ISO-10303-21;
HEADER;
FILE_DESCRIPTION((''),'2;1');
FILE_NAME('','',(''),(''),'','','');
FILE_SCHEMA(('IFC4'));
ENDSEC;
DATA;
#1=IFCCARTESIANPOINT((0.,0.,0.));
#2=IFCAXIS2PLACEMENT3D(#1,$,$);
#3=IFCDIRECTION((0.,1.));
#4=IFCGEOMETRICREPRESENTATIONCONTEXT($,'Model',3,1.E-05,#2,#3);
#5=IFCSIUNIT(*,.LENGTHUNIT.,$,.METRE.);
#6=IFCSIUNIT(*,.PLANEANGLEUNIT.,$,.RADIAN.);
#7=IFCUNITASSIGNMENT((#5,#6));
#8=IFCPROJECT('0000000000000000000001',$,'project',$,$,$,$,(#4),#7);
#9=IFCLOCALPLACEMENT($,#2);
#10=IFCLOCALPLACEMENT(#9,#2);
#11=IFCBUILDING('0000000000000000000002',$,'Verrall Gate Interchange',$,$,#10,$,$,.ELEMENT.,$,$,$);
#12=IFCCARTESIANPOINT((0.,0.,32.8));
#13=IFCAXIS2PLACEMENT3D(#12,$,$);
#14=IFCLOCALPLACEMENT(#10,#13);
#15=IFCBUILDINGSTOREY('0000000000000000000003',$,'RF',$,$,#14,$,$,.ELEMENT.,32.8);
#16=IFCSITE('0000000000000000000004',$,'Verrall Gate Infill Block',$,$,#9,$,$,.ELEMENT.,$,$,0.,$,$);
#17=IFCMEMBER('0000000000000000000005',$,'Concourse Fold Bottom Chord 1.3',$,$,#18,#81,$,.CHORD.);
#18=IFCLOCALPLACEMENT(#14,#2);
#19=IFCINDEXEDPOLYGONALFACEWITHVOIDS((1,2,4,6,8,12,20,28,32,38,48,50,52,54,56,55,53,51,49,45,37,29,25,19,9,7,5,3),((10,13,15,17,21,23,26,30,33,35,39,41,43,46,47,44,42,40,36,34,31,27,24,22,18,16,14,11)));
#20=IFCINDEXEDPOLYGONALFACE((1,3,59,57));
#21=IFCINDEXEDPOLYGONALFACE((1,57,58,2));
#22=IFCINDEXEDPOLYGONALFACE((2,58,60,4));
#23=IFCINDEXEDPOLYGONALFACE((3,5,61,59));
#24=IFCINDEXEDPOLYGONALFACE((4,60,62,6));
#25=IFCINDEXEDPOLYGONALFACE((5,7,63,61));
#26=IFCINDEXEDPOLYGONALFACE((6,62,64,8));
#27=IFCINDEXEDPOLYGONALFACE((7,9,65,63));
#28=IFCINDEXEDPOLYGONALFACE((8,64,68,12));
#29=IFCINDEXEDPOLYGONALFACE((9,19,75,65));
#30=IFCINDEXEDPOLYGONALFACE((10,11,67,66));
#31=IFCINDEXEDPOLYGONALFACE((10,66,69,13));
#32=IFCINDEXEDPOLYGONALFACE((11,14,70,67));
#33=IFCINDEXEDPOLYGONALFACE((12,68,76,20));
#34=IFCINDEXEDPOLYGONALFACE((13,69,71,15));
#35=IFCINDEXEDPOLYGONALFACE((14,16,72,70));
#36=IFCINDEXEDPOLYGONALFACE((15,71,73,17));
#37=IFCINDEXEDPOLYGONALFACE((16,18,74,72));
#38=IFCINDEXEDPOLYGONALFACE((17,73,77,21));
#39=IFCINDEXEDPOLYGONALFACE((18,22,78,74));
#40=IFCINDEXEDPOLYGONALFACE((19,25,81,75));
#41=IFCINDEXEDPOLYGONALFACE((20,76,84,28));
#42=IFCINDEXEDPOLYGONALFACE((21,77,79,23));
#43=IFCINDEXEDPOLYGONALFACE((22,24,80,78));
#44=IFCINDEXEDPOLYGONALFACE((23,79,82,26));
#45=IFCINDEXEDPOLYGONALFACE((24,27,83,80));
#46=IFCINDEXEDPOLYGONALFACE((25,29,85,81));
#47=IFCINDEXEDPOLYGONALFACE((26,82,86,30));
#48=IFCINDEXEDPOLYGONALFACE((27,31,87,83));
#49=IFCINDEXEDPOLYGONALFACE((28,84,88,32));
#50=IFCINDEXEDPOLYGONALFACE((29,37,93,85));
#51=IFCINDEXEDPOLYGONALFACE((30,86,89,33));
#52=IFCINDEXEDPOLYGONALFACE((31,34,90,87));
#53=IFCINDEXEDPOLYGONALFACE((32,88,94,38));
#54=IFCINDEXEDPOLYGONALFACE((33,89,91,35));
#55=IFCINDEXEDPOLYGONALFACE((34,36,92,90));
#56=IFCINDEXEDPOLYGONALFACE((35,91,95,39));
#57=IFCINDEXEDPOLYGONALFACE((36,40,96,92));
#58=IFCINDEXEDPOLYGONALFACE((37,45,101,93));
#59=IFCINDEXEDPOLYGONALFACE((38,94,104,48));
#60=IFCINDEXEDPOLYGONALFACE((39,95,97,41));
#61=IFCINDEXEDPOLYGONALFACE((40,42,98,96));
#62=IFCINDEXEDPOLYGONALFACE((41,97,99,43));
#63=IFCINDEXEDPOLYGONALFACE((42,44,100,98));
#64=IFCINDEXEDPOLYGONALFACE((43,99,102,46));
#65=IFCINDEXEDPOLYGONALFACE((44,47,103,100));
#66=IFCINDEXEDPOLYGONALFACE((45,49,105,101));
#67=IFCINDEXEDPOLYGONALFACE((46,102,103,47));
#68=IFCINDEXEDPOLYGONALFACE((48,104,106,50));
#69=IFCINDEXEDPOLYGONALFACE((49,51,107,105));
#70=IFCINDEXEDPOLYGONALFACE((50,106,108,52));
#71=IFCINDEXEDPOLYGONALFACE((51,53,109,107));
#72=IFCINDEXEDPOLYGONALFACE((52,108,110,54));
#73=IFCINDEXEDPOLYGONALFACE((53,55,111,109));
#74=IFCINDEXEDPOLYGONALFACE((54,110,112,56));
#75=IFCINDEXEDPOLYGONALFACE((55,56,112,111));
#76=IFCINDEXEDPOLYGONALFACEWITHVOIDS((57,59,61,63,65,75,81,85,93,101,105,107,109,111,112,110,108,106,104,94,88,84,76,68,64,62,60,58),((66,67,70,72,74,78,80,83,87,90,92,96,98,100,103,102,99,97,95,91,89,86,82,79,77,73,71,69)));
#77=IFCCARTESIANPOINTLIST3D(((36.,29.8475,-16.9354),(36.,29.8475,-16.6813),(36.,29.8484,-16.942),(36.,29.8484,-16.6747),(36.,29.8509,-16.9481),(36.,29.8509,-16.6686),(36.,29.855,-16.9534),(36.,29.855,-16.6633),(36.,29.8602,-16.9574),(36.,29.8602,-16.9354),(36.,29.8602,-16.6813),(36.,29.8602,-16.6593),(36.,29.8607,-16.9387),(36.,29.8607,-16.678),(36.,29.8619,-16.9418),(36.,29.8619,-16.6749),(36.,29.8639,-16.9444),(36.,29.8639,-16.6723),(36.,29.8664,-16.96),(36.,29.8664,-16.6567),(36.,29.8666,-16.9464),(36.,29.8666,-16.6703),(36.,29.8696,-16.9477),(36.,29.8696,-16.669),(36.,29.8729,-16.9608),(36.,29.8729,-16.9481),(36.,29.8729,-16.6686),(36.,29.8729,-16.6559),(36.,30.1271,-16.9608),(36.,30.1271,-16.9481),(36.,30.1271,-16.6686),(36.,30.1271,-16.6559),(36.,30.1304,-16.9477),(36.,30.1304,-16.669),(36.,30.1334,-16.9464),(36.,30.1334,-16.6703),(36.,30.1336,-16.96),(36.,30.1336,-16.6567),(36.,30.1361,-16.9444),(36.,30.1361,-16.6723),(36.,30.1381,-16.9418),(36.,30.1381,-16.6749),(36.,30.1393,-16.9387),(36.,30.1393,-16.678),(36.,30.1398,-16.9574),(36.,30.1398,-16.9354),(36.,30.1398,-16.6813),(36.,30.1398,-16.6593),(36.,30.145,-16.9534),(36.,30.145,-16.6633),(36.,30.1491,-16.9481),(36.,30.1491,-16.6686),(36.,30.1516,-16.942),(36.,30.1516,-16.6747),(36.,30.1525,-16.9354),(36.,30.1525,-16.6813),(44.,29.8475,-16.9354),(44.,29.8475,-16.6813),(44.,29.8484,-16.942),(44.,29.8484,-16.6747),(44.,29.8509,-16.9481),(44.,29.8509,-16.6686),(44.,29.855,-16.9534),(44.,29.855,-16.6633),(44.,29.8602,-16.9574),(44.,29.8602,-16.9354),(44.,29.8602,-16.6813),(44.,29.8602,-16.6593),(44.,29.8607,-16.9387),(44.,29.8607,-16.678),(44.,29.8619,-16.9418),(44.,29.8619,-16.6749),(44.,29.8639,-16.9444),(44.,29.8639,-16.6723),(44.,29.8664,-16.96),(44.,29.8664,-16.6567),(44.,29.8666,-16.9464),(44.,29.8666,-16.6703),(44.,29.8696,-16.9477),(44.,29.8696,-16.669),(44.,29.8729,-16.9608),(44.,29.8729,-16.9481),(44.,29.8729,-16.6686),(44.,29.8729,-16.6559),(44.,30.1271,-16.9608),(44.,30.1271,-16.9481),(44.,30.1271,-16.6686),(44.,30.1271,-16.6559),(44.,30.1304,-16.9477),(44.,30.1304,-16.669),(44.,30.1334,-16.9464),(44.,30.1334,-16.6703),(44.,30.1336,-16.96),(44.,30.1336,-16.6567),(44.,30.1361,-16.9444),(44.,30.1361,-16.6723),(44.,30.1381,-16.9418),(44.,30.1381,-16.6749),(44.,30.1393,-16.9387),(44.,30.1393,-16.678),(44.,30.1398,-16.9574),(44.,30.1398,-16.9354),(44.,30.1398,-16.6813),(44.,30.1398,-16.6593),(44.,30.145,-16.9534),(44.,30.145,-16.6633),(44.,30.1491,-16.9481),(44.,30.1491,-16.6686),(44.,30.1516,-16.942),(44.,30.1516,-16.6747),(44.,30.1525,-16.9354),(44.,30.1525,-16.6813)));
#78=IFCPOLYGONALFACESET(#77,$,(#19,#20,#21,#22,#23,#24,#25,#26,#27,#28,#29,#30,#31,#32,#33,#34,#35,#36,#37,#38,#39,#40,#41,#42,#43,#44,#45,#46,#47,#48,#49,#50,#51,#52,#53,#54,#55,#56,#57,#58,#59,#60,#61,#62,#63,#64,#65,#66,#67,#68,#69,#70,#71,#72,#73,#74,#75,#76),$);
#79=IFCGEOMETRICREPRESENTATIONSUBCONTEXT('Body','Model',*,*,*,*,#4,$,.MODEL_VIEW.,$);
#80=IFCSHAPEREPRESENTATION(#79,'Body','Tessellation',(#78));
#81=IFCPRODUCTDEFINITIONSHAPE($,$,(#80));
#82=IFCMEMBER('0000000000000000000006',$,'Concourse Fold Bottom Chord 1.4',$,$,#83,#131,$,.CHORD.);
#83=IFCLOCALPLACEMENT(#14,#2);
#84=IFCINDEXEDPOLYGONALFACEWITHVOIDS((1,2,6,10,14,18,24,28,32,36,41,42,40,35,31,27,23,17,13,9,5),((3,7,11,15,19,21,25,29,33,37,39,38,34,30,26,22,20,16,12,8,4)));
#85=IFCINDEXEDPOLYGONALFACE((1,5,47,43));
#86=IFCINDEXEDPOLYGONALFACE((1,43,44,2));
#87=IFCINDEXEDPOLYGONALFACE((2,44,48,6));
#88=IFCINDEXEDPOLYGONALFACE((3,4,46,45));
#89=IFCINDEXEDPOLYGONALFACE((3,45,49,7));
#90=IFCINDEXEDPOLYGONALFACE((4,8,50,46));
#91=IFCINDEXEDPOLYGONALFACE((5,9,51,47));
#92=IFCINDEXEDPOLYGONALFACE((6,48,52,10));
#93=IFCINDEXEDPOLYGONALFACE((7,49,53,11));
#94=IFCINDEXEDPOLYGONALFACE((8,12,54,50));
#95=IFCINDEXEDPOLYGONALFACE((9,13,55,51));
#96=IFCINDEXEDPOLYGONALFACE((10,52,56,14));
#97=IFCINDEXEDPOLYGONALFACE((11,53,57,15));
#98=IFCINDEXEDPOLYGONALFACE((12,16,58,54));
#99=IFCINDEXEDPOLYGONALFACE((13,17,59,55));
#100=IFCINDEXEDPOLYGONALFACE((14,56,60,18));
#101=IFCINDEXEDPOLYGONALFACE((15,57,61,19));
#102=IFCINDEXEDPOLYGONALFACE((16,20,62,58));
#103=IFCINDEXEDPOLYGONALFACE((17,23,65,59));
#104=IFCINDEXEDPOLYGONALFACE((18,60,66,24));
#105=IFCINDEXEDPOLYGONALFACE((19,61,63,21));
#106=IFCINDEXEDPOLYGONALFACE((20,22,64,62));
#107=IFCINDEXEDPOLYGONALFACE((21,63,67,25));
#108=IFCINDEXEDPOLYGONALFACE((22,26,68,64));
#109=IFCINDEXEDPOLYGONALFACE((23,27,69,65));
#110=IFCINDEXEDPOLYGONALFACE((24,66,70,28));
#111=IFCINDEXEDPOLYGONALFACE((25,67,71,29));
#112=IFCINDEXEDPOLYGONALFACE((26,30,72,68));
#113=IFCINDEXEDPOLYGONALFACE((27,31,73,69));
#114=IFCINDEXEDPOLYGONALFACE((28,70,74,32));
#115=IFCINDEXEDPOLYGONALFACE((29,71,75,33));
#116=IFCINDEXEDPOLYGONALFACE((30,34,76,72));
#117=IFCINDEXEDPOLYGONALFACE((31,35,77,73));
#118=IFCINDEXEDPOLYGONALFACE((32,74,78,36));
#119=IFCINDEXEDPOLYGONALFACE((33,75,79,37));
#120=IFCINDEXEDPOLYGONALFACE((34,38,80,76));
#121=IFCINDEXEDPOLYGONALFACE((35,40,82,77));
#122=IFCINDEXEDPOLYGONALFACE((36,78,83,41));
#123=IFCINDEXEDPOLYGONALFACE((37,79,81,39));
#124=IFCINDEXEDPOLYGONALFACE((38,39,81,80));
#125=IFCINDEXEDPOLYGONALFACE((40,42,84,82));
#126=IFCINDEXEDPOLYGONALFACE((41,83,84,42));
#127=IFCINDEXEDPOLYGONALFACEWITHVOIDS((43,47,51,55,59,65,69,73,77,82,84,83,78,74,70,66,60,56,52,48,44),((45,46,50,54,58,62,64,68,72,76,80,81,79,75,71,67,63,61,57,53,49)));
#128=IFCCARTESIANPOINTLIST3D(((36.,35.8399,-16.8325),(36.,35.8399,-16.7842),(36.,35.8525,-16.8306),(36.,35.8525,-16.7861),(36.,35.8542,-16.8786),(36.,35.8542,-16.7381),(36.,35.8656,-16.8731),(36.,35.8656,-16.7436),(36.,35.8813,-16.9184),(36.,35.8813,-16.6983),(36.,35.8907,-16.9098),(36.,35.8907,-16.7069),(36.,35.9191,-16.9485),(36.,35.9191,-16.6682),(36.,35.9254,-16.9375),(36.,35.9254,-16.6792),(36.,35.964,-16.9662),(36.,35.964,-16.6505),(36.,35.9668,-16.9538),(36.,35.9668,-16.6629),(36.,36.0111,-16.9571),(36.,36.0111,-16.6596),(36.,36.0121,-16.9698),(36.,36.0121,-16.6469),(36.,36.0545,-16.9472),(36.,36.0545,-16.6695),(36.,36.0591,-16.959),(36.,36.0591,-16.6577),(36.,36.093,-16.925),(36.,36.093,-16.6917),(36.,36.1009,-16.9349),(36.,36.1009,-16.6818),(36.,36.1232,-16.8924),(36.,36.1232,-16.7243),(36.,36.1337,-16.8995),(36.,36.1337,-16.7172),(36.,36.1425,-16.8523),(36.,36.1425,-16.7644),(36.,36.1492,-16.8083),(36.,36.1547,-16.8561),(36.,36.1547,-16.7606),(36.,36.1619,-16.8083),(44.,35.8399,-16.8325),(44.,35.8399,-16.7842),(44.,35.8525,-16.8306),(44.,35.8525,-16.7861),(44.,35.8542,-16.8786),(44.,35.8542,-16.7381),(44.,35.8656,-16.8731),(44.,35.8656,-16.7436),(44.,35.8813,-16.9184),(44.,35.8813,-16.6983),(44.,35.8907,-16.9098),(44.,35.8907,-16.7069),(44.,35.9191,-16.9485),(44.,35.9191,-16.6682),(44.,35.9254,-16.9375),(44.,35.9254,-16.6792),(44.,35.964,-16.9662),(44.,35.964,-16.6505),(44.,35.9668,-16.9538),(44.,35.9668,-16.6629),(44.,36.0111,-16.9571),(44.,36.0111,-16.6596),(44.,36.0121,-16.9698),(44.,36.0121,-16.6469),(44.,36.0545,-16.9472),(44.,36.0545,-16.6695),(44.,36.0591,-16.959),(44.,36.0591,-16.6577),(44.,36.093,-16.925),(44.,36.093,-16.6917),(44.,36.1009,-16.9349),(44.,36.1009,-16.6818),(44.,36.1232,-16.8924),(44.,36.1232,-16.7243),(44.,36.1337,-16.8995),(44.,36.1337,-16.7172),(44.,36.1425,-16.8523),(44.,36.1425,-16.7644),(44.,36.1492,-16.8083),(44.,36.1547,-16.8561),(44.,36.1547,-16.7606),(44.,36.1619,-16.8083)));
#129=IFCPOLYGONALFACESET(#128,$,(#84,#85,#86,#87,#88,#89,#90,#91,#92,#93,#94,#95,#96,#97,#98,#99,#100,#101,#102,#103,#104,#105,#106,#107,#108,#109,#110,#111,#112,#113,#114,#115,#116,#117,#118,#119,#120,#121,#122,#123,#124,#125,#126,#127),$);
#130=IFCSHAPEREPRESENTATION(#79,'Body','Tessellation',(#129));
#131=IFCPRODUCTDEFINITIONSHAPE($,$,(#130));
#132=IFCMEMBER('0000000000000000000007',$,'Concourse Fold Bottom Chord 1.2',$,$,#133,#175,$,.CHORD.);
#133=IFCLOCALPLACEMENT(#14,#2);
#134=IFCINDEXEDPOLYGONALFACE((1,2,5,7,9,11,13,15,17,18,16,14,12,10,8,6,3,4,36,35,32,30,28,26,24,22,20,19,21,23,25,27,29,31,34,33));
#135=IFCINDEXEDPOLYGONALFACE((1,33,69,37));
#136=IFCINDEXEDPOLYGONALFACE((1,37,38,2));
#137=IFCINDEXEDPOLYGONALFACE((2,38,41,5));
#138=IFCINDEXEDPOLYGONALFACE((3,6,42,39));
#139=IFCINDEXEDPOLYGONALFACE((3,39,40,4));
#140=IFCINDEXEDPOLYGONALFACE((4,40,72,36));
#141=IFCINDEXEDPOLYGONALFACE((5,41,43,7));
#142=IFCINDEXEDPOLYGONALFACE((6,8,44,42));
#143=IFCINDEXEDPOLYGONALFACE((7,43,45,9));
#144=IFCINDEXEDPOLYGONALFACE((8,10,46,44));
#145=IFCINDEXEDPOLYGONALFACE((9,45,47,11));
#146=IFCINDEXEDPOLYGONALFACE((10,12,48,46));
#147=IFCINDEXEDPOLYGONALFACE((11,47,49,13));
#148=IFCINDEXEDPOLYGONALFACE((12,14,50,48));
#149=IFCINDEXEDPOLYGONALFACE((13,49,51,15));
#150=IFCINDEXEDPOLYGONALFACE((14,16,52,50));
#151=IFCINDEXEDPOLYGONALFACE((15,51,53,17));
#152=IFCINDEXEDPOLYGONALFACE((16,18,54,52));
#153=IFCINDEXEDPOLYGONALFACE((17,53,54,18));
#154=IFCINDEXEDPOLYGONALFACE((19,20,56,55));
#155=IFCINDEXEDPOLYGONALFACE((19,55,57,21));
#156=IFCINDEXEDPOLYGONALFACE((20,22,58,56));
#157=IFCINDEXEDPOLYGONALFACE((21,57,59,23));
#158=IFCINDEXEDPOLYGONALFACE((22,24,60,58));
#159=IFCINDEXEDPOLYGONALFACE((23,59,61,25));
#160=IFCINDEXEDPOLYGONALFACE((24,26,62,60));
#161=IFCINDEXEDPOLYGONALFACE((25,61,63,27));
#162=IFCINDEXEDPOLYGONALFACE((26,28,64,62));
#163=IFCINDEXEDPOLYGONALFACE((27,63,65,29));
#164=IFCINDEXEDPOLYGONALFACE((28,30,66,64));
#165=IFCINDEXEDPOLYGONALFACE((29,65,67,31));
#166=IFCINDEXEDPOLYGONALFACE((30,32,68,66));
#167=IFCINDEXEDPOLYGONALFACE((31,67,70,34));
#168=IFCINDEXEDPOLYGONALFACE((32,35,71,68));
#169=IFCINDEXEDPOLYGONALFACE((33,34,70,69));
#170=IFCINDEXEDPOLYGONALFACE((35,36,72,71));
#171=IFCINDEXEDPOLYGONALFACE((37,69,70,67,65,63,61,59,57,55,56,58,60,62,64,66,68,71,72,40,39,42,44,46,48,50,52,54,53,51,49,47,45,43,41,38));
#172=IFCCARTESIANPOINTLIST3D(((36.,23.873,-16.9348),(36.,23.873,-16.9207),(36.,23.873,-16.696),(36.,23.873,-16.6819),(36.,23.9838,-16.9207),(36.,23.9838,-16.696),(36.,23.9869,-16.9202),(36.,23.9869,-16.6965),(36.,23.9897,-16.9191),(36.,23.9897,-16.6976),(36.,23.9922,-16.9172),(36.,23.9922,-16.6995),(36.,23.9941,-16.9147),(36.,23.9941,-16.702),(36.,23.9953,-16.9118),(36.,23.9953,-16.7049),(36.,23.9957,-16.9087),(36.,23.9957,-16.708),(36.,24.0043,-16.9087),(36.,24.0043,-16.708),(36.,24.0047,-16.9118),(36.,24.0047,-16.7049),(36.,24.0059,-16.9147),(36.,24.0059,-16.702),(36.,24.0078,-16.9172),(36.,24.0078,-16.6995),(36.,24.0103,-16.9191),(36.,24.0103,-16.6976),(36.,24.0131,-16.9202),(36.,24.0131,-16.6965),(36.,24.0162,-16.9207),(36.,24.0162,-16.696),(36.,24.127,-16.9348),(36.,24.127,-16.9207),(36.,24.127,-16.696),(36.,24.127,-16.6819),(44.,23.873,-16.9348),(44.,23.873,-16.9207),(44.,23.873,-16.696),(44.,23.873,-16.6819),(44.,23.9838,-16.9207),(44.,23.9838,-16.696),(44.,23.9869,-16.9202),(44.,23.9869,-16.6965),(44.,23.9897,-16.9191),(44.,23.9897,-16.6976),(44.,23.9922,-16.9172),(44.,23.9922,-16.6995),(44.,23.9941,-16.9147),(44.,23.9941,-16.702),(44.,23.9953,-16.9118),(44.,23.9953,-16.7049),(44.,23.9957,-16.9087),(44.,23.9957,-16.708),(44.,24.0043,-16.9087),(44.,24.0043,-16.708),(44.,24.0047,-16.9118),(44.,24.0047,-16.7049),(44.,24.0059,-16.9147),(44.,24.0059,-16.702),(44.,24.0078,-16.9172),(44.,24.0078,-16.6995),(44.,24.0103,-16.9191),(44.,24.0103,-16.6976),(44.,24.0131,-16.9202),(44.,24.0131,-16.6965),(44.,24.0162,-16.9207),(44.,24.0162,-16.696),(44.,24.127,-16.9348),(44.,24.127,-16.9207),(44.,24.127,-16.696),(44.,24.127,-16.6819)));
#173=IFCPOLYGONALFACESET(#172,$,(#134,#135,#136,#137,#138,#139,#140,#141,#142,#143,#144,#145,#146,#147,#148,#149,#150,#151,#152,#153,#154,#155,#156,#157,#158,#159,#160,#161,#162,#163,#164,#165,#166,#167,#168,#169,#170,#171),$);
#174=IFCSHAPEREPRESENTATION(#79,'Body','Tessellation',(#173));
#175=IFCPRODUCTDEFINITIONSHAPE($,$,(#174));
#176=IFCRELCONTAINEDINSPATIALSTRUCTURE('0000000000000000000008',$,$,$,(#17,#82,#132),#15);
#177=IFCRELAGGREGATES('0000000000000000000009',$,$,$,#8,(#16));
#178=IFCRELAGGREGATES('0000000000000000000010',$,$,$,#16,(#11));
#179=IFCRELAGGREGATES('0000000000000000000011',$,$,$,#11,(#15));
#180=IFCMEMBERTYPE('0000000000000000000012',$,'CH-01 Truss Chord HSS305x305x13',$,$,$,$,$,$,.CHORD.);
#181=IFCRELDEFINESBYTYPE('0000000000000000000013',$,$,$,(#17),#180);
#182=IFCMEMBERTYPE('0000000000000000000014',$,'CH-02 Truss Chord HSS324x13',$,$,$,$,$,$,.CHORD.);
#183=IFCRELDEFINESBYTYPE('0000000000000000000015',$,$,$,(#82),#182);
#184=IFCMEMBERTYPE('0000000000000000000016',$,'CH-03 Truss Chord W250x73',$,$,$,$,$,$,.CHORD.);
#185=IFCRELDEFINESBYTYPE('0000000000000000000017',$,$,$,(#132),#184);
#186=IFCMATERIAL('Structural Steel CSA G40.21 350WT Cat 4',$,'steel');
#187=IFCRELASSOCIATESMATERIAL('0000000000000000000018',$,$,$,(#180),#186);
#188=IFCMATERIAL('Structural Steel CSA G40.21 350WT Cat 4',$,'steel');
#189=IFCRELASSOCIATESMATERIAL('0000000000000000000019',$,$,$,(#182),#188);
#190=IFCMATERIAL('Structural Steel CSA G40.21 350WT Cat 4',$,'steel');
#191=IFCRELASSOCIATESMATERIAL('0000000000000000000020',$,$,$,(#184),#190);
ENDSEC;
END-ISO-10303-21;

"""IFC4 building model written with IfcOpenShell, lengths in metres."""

from ifc_helpers import new_model, si_unit, direction, frame, origin, origin_2d, place, context, subcontext, project, spatial, hollow_rectangle, hollow_circle, i_section, extrude, material, material_profile, profile_set, type_object, element, save


model = new_model("IFC4")

# Units and contexts
model_context = context("Model", 3, precision=1e-05, world=origin(), true_north=direction((0.0, 1.0)))
body_context = subcontext(model_context, "Body", "Model", "MODEL_VIEW")
ifc_project = project(units=[si_unit("LENGTHUNIT", "METRE"), si_unit("PLANEANGLEUNIT", "RADIAN")], contexts=[model_context])

# Site, building, storey
site_placement = place(None, origin())
site = spatial("IfcSite", under=ifc_project, at=site_placement, Name="Verrall Gate Infill Block", CompositionType="ELEMENT", RefElevation=0.0)
building_placement = place(site_placement, origin())
building = spatial("IfcBuilding", under=site, at=building_placement, Name="Verrall Gate Interchange", CompositionType="ELEMENT")
storey_placement = place(building_placement, frame((0.0, 0.0, 32.8)))
storey = spatial("IfcBuildingStorey", under=building, at=storey_placement, Name="RF", CompositionType="ELEMENT", Elevation=32.8)

# Members
ifc_material_1 = material(Name="Structural Steel CSA G40.21 350WT Cat 4", Category="steel")
ifc_material_profile_1 = material_profile(ifc_material_1, hollow_rectangle(XDim=0.3049, YDim=0.3049, WallThickness=0.0127, InnerFilletRadius=0.0127, OuterFilletRadius=0.0254, at=origin_2d()), Name="HSS305x305x13")
ifc_profile_set_1 = profile_set([ifc_material_profile_1], Name="Structural Steel CSA G40.21 350WT Cat 4")
member_type_1 = type_object("IfcMemberType", Name="CH-01 Truss Chord HSS305x305x13", PredefinedType="CHORD", material=ifc_profile_set_1)
member_1_placement = place(storey_placement, frame((36.0, 30.0, -16.8083), z_axis=(1.0, 0.0, 0.0), x_axis=(0.0, 1.0, 0.0)))
element("IfcMember", 1, at=member_1_placement, inside=storey, type_object=member_type_1, Name="Concourse Fold Bottom Chord 1.3", PredefinedType="CHORD", context=body_context, shape_type="SweptSolid", body=[
    extrude(hollow_rectangle(XDim=0.3049, YDim=0.3049, WallThickness=0.0127, InnerFilletRadius=0.0127, OuterFilletRadius=0.0254, at=origin_2d()), origin(), (0.0, 0.0, 1.0), 8.0),
])
ifc_material_2 = material(Name="Structural Steel CSA G40.21 350WT Cat 4", Category="steel")
ifc_material_profile_2 = material_profile(ifc_material_2, hollow_circle(Radius=0.1619, WallThickness=0.0127, at=origin_2d()), Name="HSS324x13")
ifc_profile_set_2 = profile_set([ifc_material_profile_2], Name="Structural Steel CSA G40.21 350WT Cat 4")
member_type_2 = type_object("IfcMemberType", Name="CH-02 Truss Chord HSS324x13", PredefinedType="CHORD", material=ifc_profile_set_2)
member_2_placement = place(storey_placement, frame((36.0, 36.0, -16.8083), z_axis=(1.0, 0.0, 0.0), x_axis=(0.0, 1.0, 0.0)))
element("IfcMember", 2, at=member_2_placement, inside=storey, type_object=member_type_2, Name="Concourse Fold Bottom Chord 1.4", PredefinedType="CHORD", context=body_context, shape_type="SweptSolid", body=[
    extrude(hollow_circle(Radius=0.1619, WallThickness=0.0127, at=origin_2d()), origin(), (0.0, 0.0, 1.0), 8.0),
])
ifc_material_3 = material(Name="Structural Steel CSA G40.21 350WT Cat 4", Category="steel")
ifc_material_profile_3 = material_profile(ifc_material_3, i_section(OverallWidth=0.2539, OverallDepth=0.2529, WebThickness=0.0085, FlangeThickness=0.0142, FilletRadius=0.012, at=origin_2d()), Name="W250x73")
ifc_profile_set_3 = profile_set([ifc_material_profile_3], Name="Structural Steel CSA G40.21 350WT Cat 4")
member_type_3 = type_object("IfcMemberType", Name="CH-03 Truss Chord W250x73", PredefinedType="CHORD", material=ifc_profile_set_3)
member_3_placement = place(storey_placement, frame((36.0, 24.0, -16.8083), z_axis=(1.0, 0.0, 0.0), x_axis=(0.0, 1.0, 0.0)))
element("IfcMember", 3, at=member_3_placement, inside=storey, type_object=member_type_3, Name="Concourse Fold Bottom Chord 1.2", PredefinedType="CHORD", context=body_context, shape_type="SweptSolid", body=[
    extrude(i_section(OverallWidth=0.2539, OverallDepth=0.2529, WebThickness=0.0085, FlangeThickness=0.0142, FilletRadius=0.012, at=origin_2d()), origin(), (0.0, 0.0, 1.0), 8.0),
])

save(model, "model.ifc")
